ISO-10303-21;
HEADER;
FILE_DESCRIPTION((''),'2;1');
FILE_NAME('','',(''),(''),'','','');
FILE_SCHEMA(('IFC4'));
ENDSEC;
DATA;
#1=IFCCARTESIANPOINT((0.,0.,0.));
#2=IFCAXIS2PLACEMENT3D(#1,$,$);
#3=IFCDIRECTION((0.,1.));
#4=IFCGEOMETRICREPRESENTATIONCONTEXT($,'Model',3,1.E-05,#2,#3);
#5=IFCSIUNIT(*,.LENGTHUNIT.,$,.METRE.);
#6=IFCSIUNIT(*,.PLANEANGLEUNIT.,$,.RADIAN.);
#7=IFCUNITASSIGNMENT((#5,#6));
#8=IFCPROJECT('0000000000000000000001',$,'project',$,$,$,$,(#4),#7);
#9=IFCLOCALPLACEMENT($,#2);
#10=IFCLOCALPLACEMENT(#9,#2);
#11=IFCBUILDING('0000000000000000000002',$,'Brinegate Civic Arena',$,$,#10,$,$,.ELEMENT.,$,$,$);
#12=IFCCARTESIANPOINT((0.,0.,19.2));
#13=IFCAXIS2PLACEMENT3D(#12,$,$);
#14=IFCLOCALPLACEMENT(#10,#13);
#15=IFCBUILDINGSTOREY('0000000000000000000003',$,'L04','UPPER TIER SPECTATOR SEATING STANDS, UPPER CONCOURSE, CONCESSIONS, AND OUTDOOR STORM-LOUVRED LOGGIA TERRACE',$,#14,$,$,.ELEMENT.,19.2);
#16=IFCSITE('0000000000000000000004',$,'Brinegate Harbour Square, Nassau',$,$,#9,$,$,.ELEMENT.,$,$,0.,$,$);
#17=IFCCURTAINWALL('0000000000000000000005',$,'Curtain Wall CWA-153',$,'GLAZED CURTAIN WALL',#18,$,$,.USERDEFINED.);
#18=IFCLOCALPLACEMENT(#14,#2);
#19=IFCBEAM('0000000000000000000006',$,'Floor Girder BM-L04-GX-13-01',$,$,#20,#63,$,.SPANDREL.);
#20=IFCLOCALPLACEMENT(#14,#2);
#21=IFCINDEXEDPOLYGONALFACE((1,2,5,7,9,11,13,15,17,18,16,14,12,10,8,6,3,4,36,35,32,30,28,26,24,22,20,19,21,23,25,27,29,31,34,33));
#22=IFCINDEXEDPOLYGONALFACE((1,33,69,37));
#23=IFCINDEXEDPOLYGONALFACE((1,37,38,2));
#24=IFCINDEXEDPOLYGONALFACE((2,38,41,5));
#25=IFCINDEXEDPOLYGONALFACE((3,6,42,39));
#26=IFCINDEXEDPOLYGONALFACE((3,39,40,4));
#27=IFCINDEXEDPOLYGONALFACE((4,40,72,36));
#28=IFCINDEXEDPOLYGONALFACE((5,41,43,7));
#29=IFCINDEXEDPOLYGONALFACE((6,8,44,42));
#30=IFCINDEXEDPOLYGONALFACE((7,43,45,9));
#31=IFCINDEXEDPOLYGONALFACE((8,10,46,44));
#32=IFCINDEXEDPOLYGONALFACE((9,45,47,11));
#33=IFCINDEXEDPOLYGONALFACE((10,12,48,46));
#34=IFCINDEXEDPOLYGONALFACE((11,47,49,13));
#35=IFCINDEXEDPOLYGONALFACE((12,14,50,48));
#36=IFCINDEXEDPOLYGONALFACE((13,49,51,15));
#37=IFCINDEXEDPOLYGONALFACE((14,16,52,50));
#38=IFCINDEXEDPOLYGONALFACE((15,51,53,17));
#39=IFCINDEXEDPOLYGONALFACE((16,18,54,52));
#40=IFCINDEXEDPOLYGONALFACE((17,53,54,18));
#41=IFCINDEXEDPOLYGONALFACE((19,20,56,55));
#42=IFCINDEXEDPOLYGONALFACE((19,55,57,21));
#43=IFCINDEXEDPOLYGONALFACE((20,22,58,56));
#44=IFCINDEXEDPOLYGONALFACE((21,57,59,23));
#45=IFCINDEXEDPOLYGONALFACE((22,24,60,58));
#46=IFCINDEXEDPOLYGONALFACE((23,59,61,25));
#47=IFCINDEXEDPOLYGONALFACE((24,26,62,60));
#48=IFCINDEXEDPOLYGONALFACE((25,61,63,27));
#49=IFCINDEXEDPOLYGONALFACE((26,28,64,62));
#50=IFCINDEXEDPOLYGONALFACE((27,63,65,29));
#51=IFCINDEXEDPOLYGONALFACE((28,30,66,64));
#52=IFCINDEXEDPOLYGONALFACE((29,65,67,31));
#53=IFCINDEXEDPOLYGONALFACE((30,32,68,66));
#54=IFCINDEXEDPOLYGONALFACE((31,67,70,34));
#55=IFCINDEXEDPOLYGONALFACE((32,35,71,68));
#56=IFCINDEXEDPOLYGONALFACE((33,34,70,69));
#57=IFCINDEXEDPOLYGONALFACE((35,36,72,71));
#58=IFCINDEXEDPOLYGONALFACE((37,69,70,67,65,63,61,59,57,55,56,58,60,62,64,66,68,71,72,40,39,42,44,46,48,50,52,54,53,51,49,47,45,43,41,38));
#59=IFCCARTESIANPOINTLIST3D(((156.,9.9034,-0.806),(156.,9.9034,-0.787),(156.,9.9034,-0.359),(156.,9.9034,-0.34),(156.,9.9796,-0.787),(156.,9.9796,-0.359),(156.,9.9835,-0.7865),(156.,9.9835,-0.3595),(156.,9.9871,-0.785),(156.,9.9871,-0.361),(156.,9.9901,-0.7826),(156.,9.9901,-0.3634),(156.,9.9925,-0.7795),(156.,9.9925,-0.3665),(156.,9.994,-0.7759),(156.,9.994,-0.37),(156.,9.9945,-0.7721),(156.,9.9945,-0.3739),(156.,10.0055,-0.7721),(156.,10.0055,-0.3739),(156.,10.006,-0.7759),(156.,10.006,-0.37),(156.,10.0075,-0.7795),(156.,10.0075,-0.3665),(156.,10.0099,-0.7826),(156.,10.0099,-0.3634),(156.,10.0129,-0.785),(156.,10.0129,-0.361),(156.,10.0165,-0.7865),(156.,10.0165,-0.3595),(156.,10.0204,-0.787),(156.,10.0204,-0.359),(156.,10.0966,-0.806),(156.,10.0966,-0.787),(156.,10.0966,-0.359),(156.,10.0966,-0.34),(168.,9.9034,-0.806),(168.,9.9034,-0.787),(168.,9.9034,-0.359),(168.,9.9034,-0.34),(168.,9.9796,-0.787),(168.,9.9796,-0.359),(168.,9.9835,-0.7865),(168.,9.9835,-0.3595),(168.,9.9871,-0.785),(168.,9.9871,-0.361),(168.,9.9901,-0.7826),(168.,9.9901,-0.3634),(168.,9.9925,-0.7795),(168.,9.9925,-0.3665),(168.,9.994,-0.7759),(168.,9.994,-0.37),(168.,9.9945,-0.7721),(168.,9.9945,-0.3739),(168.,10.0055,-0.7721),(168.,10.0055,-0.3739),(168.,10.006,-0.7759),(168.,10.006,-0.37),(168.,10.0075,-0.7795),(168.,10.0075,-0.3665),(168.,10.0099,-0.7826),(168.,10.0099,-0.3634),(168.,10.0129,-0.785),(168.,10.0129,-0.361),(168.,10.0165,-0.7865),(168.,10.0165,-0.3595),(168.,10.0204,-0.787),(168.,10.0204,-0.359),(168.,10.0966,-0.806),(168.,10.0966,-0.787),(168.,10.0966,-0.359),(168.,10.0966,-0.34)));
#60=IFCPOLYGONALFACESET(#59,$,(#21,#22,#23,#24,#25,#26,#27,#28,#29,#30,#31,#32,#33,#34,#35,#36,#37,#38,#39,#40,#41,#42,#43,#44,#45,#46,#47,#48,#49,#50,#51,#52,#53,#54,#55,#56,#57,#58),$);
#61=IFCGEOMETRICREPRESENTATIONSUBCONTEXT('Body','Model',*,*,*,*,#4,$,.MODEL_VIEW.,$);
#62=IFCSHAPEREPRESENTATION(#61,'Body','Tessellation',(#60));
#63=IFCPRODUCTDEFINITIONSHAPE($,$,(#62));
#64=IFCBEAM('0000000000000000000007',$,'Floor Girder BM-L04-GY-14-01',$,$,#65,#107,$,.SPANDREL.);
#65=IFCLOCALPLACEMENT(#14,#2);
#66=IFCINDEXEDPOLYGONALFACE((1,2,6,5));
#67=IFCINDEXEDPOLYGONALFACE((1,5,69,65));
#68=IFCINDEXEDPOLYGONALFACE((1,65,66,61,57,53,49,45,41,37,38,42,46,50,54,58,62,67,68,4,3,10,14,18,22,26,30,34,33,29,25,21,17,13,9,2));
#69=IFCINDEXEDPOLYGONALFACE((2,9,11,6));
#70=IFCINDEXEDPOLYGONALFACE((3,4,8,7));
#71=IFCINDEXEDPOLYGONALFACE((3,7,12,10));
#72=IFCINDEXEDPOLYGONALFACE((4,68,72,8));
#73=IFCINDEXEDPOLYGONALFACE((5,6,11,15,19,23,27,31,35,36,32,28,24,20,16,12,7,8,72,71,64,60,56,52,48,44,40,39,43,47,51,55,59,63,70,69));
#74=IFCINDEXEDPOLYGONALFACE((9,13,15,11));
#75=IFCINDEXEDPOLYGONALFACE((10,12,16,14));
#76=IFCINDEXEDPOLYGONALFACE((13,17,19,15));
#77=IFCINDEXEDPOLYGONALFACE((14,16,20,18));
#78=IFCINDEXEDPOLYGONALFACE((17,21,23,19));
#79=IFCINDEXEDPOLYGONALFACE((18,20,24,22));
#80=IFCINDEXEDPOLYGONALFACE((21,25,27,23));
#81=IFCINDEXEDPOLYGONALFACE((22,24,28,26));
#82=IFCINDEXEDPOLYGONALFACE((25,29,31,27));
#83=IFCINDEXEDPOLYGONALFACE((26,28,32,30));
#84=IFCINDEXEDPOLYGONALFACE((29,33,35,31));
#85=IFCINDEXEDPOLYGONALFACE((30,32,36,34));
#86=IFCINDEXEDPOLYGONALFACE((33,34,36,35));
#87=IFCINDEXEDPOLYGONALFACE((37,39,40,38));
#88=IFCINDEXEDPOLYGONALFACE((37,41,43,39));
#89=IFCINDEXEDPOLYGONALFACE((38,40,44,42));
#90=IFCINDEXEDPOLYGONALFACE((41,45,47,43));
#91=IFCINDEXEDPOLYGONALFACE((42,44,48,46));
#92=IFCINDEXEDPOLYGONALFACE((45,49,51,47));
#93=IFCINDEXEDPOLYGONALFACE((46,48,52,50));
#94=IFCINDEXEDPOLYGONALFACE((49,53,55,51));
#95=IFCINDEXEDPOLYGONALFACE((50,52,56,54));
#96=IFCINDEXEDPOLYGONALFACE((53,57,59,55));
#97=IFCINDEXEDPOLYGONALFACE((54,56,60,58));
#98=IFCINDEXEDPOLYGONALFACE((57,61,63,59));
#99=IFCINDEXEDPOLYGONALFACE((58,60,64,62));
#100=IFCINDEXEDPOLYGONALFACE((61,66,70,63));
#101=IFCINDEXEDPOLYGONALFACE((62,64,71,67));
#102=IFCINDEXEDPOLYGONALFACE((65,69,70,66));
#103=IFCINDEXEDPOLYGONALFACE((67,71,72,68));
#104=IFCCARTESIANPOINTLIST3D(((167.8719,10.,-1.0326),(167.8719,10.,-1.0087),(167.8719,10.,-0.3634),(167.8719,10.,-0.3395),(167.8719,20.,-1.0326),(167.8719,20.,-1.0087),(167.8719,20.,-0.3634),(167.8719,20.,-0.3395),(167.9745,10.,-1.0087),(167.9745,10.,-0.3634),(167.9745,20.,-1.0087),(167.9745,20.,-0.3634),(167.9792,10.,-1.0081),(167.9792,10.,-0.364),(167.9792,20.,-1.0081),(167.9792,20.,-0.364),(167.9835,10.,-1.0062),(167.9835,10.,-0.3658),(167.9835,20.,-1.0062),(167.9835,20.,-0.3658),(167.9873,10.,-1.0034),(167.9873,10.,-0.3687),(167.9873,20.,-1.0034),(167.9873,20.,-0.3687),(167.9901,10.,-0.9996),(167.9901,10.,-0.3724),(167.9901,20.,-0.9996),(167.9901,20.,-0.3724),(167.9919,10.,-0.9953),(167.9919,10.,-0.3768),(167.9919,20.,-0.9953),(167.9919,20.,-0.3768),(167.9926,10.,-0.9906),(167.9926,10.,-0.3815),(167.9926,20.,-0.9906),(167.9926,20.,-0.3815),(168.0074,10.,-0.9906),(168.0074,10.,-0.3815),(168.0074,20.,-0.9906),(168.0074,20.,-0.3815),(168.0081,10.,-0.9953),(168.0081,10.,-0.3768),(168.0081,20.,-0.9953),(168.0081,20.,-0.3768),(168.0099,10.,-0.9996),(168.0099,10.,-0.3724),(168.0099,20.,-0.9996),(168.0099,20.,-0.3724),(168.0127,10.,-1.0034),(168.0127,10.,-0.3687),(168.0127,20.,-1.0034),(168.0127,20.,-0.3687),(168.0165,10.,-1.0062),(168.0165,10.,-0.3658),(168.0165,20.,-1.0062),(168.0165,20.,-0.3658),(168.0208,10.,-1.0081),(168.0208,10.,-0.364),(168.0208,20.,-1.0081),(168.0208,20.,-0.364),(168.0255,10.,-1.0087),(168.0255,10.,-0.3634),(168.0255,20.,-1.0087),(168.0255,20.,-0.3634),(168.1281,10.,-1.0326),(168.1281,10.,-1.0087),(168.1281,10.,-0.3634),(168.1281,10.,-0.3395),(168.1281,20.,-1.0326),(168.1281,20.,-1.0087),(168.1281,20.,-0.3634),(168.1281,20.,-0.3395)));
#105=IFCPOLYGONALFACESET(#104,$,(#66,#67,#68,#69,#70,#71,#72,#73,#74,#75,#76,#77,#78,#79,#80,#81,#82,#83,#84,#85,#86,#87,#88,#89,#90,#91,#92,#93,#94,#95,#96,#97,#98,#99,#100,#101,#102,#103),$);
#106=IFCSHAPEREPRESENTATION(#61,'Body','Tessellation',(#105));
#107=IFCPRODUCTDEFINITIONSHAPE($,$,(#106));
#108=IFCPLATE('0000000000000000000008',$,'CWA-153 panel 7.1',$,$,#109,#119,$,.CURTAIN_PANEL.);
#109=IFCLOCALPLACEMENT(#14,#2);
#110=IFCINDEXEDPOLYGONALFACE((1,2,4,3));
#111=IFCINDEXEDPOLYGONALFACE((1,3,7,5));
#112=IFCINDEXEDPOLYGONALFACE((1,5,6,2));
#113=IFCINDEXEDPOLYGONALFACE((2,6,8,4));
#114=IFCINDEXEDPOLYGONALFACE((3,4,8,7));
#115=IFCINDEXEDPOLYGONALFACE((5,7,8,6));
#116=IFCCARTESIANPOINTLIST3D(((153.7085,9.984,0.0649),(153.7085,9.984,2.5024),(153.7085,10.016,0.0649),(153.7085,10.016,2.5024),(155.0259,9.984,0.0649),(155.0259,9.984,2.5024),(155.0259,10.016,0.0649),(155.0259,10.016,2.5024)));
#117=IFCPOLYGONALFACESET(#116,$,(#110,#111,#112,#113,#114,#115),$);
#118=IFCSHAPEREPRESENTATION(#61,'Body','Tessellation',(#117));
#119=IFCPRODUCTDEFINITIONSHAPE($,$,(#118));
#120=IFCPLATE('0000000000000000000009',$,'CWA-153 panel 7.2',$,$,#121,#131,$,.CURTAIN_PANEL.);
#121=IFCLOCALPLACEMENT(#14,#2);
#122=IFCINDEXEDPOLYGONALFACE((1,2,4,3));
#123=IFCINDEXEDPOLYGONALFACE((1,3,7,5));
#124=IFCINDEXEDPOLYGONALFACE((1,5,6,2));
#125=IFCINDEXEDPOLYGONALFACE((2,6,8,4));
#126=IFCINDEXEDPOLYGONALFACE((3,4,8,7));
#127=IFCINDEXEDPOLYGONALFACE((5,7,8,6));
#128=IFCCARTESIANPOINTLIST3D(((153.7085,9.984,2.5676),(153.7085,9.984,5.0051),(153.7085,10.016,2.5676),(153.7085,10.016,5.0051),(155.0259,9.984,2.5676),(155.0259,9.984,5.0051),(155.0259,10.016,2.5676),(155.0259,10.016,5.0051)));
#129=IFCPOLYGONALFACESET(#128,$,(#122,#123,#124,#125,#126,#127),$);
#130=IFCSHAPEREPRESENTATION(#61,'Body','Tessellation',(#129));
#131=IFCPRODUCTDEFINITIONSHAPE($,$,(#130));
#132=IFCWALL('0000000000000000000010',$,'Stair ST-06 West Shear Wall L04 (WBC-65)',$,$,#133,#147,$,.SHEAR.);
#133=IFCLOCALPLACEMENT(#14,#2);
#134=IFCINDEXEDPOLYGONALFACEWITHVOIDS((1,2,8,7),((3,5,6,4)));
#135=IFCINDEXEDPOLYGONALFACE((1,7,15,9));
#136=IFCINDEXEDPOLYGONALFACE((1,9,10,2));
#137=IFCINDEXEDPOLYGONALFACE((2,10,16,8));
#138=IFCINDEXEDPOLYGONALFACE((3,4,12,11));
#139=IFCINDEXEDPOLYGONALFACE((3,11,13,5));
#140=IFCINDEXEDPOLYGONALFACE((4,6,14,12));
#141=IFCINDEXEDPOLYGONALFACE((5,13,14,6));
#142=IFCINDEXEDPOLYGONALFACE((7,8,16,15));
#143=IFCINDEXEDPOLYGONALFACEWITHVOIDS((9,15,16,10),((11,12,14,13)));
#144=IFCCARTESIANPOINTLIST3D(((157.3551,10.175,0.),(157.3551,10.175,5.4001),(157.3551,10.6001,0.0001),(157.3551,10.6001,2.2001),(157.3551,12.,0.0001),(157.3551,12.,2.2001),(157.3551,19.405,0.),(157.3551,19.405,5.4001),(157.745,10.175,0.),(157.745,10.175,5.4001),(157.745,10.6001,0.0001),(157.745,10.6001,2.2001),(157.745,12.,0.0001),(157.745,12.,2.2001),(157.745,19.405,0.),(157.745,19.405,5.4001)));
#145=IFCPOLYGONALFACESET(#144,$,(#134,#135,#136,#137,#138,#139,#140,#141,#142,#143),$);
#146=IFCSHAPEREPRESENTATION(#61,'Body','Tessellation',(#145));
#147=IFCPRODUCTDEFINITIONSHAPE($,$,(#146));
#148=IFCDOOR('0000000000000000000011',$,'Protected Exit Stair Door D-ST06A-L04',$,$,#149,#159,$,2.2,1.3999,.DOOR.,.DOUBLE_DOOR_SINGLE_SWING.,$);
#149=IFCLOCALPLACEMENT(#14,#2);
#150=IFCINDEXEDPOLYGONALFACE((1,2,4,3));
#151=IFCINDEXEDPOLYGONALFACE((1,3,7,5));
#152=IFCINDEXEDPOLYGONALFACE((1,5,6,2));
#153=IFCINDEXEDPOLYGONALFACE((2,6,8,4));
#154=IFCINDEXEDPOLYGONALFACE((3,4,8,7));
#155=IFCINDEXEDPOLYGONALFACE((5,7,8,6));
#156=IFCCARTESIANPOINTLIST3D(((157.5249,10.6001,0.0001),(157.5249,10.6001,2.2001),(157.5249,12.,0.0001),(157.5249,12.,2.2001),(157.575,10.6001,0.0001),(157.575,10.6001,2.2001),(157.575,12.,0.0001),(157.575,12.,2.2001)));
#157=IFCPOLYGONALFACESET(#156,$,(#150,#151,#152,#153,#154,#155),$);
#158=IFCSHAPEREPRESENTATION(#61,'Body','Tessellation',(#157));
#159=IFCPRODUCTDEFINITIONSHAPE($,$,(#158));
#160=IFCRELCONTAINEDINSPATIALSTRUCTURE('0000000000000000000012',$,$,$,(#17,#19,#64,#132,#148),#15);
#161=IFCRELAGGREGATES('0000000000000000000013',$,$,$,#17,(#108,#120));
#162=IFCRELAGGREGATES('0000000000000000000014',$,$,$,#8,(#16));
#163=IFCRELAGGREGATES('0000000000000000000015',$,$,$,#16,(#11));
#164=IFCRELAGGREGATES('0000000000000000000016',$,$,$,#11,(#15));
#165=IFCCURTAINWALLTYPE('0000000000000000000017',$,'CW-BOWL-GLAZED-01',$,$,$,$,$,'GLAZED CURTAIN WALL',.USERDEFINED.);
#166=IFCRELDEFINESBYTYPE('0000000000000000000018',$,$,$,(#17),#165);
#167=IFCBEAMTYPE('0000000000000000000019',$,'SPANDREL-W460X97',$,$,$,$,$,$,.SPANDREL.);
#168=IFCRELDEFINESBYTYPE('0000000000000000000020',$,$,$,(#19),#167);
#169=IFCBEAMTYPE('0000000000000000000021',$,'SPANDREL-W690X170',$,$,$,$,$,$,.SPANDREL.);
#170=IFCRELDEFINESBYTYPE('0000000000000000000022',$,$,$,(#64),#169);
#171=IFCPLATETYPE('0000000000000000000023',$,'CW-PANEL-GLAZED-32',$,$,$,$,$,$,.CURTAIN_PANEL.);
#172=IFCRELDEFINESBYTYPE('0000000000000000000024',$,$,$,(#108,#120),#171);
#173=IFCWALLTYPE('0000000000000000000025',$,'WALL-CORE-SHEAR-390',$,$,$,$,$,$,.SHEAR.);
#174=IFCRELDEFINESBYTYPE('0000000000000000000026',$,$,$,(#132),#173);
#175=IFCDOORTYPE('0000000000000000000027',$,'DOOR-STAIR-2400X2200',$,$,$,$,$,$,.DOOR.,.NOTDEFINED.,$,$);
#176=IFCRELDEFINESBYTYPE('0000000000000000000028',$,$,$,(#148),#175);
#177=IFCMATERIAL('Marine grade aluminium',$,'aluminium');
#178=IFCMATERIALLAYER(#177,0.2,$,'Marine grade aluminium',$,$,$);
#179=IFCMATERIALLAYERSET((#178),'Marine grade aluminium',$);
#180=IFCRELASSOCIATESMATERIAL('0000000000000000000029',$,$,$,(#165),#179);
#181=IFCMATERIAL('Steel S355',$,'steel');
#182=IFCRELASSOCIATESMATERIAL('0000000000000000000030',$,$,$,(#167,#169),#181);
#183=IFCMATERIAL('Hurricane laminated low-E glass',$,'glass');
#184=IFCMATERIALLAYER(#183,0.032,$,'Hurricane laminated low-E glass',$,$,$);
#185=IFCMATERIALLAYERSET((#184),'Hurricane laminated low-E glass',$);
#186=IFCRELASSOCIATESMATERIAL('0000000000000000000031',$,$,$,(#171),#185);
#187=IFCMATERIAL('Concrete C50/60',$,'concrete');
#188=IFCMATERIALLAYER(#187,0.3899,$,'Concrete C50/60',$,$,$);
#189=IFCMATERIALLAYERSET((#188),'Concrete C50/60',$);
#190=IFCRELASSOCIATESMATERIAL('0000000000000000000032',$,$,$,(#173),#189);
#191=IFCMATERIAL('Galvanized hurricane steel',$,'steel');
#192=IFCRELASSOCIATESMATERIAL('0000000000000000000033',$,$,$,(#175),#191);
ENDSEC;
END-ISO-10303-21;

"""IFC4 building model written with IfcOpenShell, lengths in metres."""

from ifc_helpers import new_model, si_unit, direction, frame, frame_2d, origin, origin_2d, place, context, subcontext, project, spatial, rectangle, i_section, extrude, material, layer, layer_set, material_profile, profile_set, type_object, element, fill, aggregate, save


model = new_model("IFC4")

# Units and contexts
model_context = context("Model", 3, precision=1e-05, world=origin(), true_north=direction((0.0, 1.0)))
body_context = subcontext(model_context, "Body", "Model", "MODEL_VIEW")
ifc_project = project(units=[si_unit("LENGTHUNIT", "METRE"), si_unit("PLANEANGLEUNIT", "RADIAN")], contexts=[model_context])

# Site, building, storey
site_placement = place(None, origin())
site = spatial("IfcSite", under=ifc_project, at=site_placement, Name="Brinegate Harbour Square, Nassau", CompositionType="ELEMENT", RefElevation=0.0)
building_placement = place(site_placement, origin())
building = spatial("IfcBuilding", under=site, at=building_placement, Name="Brinegate Civic Arena", CompositionType="ELEMENT")
storey_placement = place(building_placement, frame((0.0, 0.0, 19.2)))
storey = spatial("IfcBuildingStorey", under=building, at=storey_placement, Name="L04", Description="UPPER TIER SPECTATOR SEATING STANDS, UPPER CONCOURSE, CONCESSIONS, AND OUTDOOR STORM-LOUVRED LOGGIA TERRACE", CompositionType="ELEMENT", Elevation=19.2)

# Shared definitions
ifc_material_1 = material(Name="Steel S355", Category="steel")

# Shared definitions
ifc_material_2 = material(Name="Marine grade aluminium", Category="aluminium")
ifc_layer_1 = layer(ifc_material_2, 0.2, Name="Marine grade aluminium")
ifc_layer_set_1 = layer_set([ifc_layer_1], Name="Marine grade aluminium")
curtain_wall_type = type_object("IfcCurtainWallType", Name="CW-BOWL-GLAZED-01", ElementType="GLAZED CURTAIN WALL", PredefinedType="USERDEFINED", material=ifc_layer_set_1)

# Curtain wall
curtain_wall_1_placement = place(storey_placement, origin())
curtain_wall_1 = element("IfcCurtainWall", 1, at=curtain_wall_1_placement, inside=storey, type_object=curtain_wall_type, Name="Curtain Wall CWA-153", ObjectType="GLAZED CURTAIN WALL", PredefinedType="USERDEFINED")

# Beams
ifc_material_3 = material(Name="Concrete C50/60", Category="concrete")
ifc_material_profile_1 = material_profile(ifc_material_1, i_section(OverallWidth=0.1931, OverallDepth=0.4661, WebThickness=0.011, FlangeThickness=0.019, FilletRadius=0.0149, at=origin_2d()), Name="W460X97")
ifc_profile_set_1 = profile_set([ifc_material_profile_1], Name="Steel S355")
beam_type_1 = type_object("IfcBeamType", Name="SPANDREL-W460X97", PredefinedType="SPANDREL", material=ifc_profile_set_1)
beam_1_placement = place(storey_placement, frame((156.0, 10.0, -0.573), z_axis=(1.0, 0.0, 0.0), x_axis=(0.0, 1.0, 0.0)))
element("IfcBeam", 2, at=beam_1_placement, inside=storey, type_object=beam_type_1, Name="Floor Girder BM-L04-GX-13-01", PredefinedType="SPANDREL", context=body_context, shape_type="SweptSolid", body=[
    extrude(i_section(OverallWidth=0.1931, OverallDepth=0.4661, WebThickness=0.011, FlangeThickness=0.019, FilletRadius=0.0149, at=origin_2d()), origin(), (0.0, 0.0, 1.0), 12.0),
])
ifc_material_profile_2 = material_profile(ifc_material_1, i_section(OverallWidth=0.2561, OverallDepth=0.6931, WebThickness=0.0149, FlangeThickness=0.0239, FilletRadius=0.0181, at=origin_2d()), Name="W690X170")
ifc_profile_set_2 = profile_set([ifc_material_profile_2], Name="Steel S355")
beam_type_2 = type_object("IfcBeamType", Name="SPANDREL-W690X170", PredefinedType="SPANDREL", material=ifc_profile_set_2)
beam_2_placement = place(storey_placement, frame((168.0, 10.0, -0.686), z_axis=(0.0, 1.0, 0.0), x_axis=(-1.0, 0.0, 0.0)))
element("IfcBeam", 3, at=beam_2_placement, inside=storey, type_object=beam_type_2, Name="Floor Girder BM-L04-GY-14-01", PredefinedType="SPANDREL", context=body_context, shape_type="SweptSolid", body=[
    extrude(i_section(OverallWidth=0.2561, OverallDepth=0.6931, WebThickness=0.0149, FlangeThickness=0.0239, FilletRadius=0.0181, at=origin_2d()), origin(), (0.0, 0.0, 1.0), 10.0),
])

# Plates
ifc_material_4 = material(Name="Hurricane laminated low-E glass", Category="glass")
ifc_layer_2 = layer(ifc_material_4, 0.032, Name="Hurricane laminated low-E glass")
ifc_layer_set_2 = layer_set([ifc_layer_2], Name="Hurricane laminated low-E glass")
plate_type = type_object("IfcPlateType", Name="CW-PANEL-GLAZED-32", PredefinedType="CURTAIN_PANEL", material=ifc_layer_set_2)
plate_1_placement = place(storey_placement, frame((154.3672, 10.0, 0.0649), z_axis=(0.0, 0.0, 1.0), x_axis=(1.0, 0.0, 0.0)))
plate_1 = element("IfcPlate", 4, at=plate_1_placement, type_object=plate_type, Name="CWA-153 panel 7.1", PredefinedType="CURTAIN_PANEL", context=body_context, shape_type="SweptSolid", body=[
    extrude(rectangle(XDim=1.3174, YDim=0.032, at=origin_2d()), origin(), (0.0, 0.0, 1.0), 2.4375),
])
plate_2_placement = place(storey_placement, frame((154.3672, 10.0, 2.5676), z_axis=(0.0, 0.0, 1.0), x_axis=(1.0, 0.0, 0.0)))
plate_2 = element("IfcPlate", 5, at=plate_2_placement, type_object=plate_type, Name="CWA-153 panel 7.2", PredefinedType="CURTAIN_PANEL", context=body_context, shape_type="SweptSolid", body=[
    extrude(rectangle(XDim=1.3174, YDim=0.032, at=origin_2d()), origin(), (0.0, 0.0, 1.0), 2.4375),
])
aggregate(curtain_wall_1, [plate_1, plate_2])

# Wall, opening, door
ifc_layer_3 = layer(ifc_material_3, 0.3899, Name="Concrete C50/60")
ifc_layer_set_3 = layer_set([ifc_layer_3], Name="Concrete C50/60")
wall_type_1 = type_object("IfcWallType", Name="WALL-CORE-SHEAR-390", PredefinedType="SHEAR", material=ifc_layer_set_3)
wall_1_placement = place(storey_placement, frame((157.55, 10.175, 0.0), z_axis=(0.0, 0.0, 1.0), x_axis=(0.0, 1.0, 0.0)))
wall_1 = element("IfcWall", 6, at=wall_1_placement, inside=storey, type_object=wall_type_1, Name="Stair ST-06 West Shear Wall L04 (WBC-65)", PredefinedType="SHEAR", context=body_context, shape_type="SweptSolid", body=[
    extrude(rectangle(XDim=9.23, YDim=0.3899, at=frame_2d((4.615, 0.0))), origin(), (0.0, 0.0, 1.0), 5.4001),
])
opening_1_placement = place(wall_1_placement, frame((0.425, 0.0, 0.0)))
opening_1 = element("IfcOpeningElement", 7, at=opening_1_placement, cuts=wall_1, PredefinedType="OPENING", context=body_context, shape_type="SweptSolid", body=[
    extrude(rectangle(XDim=1.3999, YDim=2.2, at=frame_2d((0.7, 1.1001))), frame((0.0, 0.2048, 0.0), z_axis=(0.0, -1.0, 0.0), x_axis=(1.0, 0.0, 0.0)), (0.0, 0.0, 1.0), 0.4099),
])
ifc_material_5 = material(Name="Galvanized hurricane steel", Category="steel")
door_type_1 = type_object("IfcDoorType", Name="DOOR-STAIR-2400X2200", OperationType="NOTDEFINED", PredefinedType="DOOR", material=ifc_material_5)
door_1_placement = place(opening_1_placement, frame((1.3999, 0.0, 0.0), z_axis=(0.0, 0.0, 1.0), x_axis=(-1.0, 0.0, 0.0)))
door_1 = element("IfcDoor", 8, at=door_1_placement, inside=storey, type_object=door_type_1, Name="Protected Exit Stair Door D-ST06A-L04", OperationType="DOUBLE_DOOR_SINGLE_SWING", OverallHeight=2.2, OverallWidth=1.3999, PredefinedType="DOOR", context=body_context, shape_type="SweptSolid", body=[
    extrude(rectangle(XDim=1.3999, YDim=2.2, at=frame_2d((0.7, 1.1001))), frame((0.0, 0.0249, 0.0), z_axis=(0.0, -1.0, 0.0), x_axis=(1.0, 0.0, 0.0)), (0.0, 0.0, 1.0), 0.05),
])
fill(opening_1, door_1)

save(model, "model.ifc")
